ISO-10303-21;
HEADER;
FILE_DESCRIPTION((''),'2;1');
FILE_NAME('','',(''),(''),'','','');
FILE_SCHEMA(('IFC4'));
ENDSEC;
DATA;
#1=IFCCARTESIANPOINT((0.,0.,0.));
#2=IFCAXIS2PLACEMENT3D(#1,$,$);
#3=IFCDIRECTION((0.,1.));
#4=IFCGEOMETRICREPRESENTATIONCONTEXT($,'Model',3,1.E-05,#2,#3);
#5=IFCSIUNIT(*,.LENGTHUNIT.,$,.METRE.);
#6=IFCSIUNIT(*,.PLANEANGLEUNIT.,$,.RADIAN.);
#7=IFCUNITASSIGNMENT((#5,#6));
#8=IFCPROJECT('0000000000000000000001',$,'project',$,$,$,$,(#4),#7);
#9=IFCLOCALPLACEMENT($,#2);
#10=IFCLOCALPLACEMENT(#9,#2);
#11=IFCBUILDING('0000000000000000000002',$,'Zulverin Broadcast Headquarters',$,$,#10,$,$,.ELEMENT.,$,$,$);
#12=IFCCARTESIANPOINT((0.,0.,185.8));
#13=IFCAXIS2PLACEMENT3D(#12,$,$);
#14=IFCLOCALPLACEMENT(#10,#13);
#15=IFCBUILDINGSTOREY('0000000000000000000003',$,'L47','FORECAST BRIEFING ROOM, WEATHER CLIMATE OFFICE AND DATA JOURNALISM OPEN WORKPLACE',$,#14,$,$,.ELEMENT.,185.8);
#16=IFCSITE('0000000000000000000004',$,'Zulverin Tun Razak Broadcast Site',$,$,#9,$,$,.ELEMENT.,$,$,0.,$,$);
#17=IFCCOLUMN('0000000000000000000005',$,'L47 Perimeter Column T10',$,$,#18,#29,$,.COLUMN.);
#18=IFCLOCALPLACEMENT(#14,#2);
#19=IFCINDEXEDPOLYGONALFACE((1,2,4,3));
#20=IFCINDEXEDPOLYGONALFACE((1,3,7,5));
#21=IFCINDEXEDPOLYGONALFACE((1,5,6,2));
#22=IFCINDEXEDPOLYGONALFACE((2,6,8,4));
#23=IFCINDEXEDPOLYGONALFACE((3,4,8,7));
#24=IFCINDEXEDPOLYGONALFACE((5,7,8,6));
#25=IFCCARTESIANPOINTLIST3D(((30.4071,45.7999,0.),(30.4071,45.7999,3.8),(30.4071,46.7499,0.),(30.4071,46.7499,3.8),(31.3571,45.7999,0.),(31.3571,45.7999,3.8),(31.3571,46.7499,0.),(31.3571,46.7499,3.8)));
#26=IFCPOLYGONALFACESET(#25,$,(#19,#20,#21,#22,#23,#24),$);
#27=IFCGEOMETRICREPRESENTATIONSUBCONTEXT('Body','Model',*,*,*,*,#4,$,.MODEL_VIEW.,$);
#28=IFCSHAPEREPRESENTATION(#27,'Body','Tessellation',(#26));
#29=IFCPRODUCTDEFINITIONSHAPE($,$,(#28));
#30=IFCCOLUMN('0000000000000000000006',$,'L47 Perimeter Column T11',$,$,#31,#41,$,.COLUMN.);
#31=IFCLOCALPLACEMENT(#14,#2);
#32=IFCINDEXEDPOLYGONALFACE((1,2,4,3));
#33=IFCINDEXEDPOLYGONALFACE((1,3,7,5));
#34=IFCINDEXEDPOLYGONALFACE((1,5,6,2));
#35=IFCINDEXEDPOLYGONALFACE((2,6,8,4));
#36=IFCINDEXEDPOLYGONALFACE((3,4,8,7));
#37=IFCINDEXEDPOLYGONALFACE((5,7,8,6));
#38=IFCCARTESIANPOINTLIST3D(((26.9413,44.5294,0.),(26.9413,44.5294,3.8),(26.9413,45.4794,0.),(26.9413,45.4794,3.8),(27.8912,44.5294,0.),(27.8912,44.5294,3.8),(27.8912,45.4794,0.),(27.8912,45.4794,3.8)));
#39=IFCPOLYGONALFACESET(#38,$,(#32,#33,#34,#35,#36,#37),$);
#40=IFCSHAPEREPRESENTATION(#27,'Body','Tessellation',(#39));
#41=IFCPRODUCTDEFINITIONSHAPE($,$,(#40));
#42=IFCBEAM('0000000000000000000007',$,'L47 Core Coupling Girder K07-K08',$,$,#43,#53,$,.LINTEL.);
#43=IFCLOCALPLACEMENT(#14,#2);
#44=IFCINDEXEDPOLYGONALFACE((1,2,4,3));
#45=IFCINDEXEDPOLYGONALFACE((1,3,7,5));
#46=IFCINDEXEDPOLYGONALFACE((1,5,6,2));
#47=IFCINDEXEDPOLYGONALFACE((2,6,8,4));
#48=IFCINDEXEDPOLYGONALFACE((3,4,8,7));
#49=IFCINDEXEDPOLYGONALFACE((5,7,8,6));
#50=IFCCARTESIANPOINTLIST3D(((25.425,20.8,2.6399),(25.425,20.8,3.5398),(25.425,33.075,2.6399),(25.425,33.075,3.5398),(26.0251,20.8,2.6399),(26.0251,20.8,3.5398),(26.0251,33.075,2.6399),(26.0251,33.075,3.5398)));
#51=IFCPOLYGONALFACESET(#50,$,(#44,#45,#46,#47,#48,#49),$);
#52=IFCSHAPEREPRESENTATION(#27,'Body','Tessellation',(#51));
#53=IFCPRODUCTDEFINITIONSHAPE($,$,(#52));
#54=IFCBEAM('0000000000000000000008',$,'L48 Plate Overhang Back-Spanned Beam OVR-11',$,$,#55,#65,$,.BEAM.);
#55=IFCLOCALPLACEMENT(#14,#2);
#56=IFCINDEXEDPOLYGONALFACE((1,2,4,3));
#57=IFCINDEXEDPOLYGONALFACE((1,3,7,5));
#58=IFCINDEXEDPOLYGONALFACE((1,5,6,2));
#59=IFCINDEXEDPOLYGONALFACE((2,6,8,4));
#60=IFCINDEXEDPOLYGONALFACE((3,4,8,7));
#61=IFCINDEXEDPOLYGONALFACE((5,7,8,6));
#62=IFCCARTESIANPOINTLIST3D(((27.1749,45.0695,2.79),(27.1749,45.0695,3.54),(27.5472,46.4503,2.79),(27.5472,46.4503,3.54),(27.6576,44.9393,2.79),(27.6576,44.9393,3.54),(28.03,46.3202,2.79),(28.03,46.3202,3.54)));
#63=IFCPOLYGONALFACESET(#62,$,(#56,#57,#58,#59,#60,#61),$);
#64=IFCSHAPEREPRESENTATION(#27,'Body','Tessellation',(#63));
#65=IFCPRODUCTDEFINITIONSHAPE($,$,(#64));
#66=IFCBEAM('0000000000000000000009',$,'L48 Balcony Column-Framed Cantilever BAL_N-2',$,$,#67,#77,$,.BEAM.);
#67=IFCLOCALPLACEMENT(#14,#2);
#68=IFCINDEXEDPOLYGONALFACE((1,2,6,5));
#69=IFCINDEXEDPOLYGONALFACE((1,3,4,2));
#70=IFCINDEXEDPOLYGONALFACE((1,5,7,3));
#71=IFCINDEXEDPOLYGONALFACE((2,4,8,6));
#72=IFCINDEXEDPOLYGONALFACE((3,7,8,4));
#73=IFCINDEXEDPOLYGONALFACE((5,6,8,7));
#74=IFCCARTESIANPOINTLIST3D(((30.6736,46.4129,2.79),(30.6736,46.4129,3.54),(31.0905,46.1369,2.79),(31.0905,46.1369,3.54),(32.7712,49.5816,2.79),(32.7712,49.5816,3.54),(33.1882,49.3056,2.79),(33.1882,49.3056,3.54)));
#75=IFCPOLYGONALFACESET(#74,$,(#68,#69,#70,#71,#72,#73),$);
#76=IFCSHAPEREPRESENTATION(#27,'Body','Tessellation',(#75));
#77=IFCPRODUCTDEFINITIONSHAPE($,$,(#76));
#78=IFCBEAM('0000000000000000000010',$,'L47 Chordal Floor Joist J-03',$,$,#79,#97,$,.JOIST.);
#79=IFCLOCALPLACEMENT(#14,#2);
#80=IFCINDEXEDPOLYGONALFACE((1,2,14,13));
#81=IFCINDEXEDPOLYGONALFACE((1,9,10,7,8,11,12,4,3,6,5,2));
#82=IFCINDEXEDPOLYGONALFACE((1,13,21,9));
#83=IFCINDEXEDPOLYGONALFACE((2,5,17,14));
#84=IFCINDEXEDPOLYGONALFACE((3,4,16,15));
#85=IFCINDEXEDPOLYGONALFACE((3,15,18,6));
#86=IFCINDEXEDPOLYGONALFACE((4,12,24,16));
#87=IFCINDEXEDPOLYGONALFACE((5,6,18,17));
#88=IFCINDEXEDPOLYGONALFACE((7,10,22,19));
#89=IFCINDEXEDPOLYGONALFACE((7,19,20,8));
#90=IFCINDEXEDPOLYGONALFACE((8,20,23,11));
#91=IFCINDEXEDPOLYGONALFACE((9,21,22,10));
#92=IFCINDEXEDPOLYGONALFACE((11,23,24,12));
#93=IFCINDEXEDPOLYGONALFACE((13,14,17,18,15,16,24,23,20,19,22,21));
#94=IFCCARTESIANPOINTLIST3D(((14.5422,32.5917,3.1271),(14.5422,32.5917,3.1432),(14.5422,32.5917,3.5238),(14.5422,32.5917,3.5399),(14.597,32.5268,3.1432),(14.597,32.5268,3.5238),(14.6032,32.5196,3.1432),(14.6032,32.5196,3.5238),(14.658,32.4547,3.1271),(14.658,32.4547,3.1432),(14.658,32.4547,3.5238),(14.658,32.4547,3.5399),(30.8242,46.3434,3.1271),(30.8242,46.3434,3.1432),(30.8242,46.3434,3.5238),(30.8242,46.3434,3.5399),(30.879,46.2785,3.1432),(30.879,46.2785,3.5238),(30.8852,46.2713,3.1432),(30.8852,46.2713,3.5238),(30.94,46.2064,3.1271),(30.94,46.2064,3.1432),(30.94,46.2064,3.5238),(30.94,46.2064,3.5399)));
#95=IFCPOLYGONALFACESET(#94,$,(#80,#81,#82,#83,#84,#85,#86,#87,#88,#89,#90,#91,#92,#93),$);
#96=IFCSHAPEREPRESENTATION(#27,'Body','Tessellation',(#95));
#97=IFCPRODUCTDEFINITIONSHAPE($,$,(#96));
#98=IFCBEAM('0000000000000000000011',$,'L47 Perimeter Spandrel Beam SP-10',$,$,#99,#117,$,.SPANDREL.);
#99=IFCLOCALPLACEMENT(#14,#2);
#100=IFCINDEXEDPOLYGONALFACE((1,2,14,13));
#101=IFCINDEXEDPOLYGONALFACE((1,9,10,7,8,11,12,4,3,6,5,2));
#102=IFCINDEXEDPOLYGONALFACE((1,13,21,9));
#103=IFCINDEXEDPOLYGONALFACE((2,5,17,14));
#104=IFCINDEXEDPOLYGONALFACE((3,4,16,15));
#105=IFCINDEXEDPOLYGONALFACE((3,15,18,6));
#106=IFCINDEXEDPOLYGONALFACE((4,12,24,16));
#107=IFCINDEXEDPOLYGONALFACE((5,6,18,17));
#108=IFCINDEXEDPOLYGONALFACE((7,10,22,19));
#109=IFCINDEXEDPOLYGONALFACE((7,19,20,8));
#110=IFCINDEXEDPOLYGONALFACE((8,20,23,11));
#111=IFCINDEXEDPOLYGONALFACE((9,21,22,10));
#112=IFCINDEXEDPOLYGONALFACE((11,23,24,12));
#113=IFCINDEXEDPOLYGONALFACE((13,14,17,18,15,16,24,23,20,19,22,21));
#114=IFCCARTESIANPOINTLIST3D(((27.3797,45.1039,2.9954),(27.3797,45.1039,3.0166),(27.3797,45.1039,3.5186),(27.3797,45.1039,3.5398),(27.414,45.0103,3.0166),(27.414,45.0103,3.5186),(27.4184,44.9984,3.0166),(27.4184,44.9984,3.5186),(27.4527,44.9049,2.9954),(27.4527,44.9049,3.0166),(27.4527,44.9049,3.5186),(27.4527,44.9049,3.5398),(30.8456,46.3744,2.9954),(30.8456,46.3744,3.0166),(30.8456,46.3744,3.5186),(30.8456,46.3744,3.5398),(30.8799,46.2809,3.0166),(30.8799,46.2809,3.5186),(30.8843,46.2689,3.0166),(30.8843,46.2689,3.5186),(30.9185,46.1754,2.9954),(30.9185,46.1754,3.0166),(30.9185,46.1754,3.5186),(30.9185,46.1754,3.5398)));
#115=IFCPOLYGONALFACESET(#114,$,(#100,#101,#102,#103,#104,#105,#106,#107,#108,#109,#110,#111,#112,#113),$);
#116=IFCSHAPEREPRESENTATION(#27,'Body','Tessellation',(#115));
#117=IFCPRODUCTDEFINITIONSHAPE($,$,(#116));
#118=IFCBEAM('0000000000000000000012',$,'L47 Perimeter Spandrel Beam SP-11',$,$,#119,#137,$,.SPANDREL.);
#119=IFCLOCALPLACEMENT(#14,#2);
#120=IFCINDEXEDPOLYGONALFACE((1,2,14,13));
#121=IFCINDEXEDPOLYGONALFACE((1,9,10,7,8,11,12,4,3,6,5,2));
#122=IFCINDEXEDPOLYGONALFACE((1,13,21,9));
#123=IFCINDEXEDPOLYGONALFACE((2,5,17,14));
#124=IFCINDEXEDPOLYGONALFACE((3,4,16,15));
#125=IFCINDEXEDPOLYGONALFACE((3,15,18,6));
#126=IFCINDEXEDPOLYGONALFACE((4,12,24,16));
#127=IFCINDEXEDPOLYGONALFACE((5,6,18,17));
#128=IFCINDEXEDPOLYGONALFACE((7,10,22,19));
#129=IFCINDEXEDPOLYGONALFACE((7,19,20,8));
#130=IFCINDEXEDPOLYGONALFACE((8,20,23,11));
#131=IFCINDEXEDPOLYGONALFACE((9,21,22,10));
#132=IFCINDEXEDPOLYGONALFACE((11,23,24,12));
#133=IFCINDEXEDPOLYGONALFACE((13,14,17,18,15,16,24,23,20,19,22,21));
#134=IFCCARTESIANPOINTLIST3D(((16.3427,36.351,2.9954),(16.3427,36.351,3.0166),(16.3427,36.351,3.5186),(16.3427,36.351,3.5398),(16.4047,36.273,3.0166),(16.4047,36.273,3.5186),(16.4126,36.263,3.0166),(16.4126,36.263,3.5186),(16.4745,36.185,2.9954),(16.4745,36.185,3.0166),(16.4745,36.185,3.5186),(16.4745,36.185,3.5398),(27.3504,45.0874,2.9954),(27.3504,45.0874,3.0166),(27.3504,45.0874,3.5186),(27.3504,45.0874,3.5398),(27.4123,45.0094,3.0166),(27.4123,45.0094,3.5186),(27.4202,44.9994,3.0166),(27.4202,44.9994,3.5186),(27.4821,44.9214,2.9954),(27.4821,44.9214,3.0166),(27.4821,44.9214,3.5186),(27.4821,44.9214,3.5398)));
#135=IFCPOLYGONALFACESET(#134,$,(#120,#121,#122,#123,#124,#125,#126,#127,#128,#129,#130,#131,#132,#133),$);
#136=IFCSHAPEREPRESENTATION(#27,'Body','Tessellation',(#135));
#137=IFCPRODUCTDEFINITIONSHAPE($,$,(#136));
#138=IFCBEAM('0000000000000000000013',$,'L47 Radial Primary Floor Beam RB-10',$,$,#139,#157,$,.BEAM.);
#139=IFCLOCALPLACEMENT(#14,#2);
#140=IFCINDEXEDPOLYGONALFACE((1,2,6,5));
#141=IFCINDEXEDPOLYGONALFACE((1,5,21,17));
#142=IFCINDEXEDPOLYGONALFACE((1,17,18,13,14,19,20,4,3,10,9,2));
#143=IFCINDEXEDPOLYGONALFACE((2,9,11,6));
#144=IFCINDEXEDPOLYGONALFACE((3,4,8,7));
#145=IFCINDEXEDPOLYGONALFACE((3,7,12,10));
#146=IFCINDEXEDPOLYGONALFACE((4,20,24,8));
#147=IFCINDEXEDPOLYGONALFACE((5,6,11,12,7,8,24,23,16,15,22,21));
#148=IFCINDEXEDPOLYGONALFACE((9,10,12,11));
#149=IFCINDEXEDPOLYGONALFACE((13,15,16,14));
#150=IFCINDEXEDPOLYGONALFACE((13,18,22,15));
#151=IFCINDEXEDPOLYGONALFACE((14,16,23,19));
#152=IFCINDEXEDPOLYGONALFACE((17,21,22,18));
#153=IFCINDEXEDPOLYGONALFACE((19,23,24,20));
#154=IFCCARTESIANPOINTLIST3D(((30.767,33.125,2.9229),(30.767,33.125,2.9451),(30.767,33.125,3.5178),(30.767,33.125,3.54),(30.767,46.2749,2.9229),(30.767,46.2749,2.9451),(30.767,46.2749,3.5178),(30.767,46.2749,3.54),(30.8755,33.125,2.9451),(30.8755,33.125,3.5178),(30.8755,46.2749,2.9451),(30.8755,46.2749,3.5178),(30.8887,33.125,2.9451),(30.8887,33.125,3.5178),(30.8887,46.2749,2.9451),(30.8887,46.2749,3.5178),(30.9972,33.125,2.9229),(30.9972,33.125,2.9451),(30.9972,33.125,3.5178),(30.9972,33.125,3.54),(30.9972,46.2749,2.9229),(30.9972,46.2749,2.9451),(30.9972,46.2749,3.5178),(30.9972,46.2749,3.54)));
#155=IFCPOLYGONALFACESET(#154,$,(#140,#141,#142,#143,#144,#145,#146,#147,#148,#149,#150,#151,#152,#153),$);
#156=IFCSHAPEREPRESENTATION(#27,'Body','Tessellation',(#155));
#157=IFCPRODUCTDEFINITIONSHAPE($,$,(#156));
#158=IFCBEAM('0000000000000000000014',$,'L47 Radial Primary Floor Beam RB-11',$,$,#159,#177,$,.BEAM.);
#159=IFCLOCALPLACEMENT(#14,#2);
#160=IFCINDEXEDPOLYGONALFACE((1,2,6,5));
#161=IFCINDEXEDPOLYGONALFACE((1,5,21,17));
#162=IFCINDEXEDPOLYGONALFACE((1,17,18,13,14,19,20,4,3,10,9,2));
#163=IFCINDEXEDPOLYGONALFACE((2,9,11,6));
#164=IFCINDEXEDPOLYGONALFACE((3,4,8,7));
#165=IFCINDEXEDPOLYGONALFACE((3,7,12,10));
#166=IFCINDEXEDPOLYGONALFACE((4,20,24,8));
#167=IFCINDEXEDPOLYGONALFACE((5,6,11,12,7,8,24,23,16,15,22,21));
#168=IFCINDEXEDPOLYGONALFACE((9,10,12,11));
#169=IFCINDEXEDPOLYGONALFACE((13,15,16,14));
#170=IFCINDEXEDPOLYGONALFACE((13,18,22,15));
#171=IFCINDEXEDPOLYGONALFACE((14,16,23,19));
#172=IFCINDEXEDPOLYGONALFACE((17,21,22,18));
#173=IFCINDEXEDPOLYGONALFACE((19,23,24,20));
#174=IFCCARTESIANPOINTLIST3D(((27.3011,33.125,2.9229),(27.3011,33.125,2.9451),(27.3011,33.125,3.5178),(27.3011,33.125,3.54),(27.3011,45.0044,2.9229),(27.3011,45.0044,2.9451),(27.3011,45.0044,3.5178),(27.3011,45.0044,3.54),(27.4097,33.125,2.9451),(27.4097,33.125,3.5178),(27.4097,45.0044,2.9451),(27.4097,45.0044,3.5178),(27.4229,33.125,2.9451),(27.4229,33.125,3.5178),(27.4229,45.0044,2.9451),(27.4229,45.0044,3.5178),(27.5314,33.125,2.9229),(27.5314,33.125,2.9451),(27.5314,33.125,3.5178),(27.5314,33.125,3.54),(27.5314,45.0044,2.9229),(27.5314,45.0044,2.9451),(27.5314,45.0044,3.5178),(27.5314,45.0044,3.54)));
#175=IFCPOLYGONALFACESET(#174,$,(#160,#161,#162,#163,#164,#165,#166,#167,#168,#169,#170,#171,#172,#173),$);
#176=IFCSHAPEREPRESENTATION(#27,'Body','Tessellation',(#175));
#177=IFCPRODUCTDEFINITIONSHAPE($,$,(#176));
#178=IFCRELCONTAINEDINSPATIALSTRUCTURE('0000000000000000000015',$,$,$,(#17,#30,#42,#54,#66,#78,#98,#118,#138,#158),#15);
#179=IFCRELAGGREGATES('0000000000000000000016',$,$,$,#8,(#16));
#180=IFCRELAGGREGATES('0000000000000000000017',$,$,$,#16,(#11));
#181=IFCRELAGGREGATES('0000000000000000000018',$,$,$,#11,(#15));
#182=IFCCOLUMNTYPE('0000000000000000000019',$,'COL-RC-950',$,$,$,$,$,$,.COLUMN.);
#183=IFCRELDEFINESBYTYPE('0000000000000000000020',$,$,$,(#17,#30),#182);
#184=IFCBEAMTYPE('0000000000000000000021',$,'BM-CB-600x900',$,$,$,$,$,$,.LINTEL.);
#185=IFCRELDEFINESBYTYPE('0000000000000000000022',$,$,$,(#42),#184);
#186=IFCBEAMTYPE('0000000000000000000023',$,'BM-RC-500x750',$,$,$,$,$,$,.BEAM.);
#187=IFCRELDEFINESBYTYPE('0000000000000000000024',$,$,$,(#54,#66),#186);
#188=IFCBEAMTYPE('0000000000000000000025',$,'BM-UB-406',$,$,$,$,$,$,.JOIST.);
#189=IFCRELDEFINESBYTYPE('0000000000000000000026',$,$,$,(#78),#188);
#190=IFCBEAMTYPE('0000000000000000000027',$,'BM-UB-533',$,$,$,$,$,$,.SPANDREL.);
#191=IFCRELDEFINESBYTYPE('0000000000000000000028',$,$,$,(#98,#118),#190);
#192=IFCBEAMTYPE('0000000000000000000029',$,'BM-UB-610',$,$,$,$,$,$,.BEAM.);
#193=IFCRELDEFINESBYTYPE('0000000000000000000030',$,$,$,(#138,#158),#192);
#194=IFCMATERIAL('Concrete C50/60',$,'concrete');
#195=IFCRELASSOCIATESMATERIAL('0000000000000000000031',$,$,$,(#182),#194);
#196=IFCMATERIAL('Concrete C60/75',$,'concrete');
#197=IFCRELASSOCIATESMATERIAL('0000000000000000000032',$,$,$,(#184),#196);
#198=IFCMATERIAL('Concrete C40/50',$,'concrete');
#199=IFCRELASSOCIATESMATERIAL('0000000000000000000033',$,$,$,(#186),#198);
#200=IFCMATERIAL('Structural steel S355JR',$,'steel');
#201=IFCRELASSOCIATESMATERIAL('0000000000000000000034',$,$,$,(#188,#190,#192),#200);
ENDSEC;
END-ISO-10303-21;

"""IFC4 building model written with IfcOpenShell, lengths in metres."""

from ifc_helpers import new_model, si_unit, direction, frame, origin, origin_2d, place, context, subcontext, project, spatial, rectangle, i_section, extrude, material, material_profile, profile_set, type_object, element, save


model = new_model("IFC4")

# Units and contexts
model_context = context("Model", 3, precision=1e-05, world=origin(), true_north=direction((0.0, 1.0)))
body_context = subcontext(model_context, "Body", "Model", "MODEL_VIEW")
ifc_project = project(units=[si_unit("LENGTHUNIT", "METRE"), si_unit("PLANEANGLEUNIT", "RADIAN")], contexts=[model_context])

# Site, building, storey
site_placement = place(None, origin())
site = spatial("IfcSite", under=ifc_project, at=site_placement, Name="Zulverin Tun Razak Broadcast Site", CompositionType="ELEMENT", RefElevation=0.0)
building_placement = place(site_placement, origin())
building = spatial("IfcBuilding", under=site, at=building_placement, Name="Zulverin Broadcast Headquarters", CompositionType="ELEMENT")
storey_placement = place(building_placement, frame((0.0, 0.0, 185.8)))
storey = spatial("IfcBuildingStorey", under=building, at=storey_placement, Name="L47", Description="FORECAST BRIEFING ROOM, WEATHER CLIMATE OFFICE AND DATA JOURNALISM OPEN WORKPLACE", CompositionType="ELEMENT", Elevation=185.8)

# Columns
ifc_material_1 = material(Name="Concrete C50/60", Category="concrete")
ifc_material_profile_1 = material_profile(ifc_material_1, rectangle(XDim=0.95, YDim=0.95, at=origin_2d()), Name="Concrete C50/60", Category="concrete")
ifc_profile_set_1 = profile_set([ifc_material_profile_1], Name="Concrete C50/60")
column_type = type_object("IfcColumnType", Name="COL-RC-950", PredefinedType="COLUMN", material=ifc_profile_set_1)
for number, where, z_axis, x_axis, name in (
    (1, (30.8821, 46.2749, 0.0), (0.0, 0.0, 1.0), (1.0, 0.0, 0.0), "L47 Perimeter Column T10"),
    (2, (27.4163, 45.0044, 0.0), (0.0, 0.0, 1.0), (1.0, 0.0, 0.0), "L47 Perimeter Column T11"),
):
    element("IfcColumn", number, at=place(storey_placement, frame(where, z_axis=z_axis, x_axis=x_axis)), inside=storey, type_object=column_type, Name=name, PredefinedType="COLUMN", context=body_context, shape_type="SweptSolid", body=[
        extrude(rectangle(XDim=0.95, YDim=0.95, at=origin_2d()), origin(), (0.0, 0.0, 1.0), 3.8),
    ])

# Beams
ifc_material_2 = material(Name="Concrete C60/75", Category="concrete")
ifc_material_profile_2 = material_profile(ifc_material_2, rectangle(XDim=0.6001, YDim=0.8999, at=origin_2d()), Name="Concrete C60/75", Category="concrete")
ifc_profile_set_2 = profile_set([ifc_material_profile_2], Name="Concrete C60/75")
beam_type_1 = type_object("IfcBeamType", Name="BM-CB-600x900", PredefinedType="LINTEL", material=ifc_profile_set_2)
beam_1_placement = place(storey_placement, frame((25.7251, 33.075, 3.0898), z_axis=(0.0, -1.0, 0.0), x_axis=(1.0, 0.0, 0.0)))
element("IfcBeam", 3, at=beam_1_placement, inside=storey, type_object=beam_type_1, Name="L47 Core Coupling Girder K07-K08", PredefinedType="LINTEL", context=body_context, shape_type="SweptSolid", body=[
    extrude(rectangle(XDim=0.6001, YDim=0.8999, at=origin_2d()), origin(), (0.0, 0.0, 1.0), 12.2749),
])
ifc_material_3 = material(Name="Concrete C40/50", Category="concrete")
ifc_material_profile_3 = material_profile(ifc_material_3, rectangle(XDim=0.5, YDim=0.75, at=origin_2d()), Name="Concrete C40/50", Category="concrete")
ifc_profile_set_3 = profile_set([ifc_material_profile_3], Name="Concrete C40/50")
beam_type_2 = type_object("IfcBeamType", Name="BM-RC-500x750", PredefinedType="BEAM", material=ifc_profile_set_3)
beam_2_placement = place(storey_placement, frame((27.4163, 45.0044, 3.165), z_axis=(0.260329, 0.96552, 0.0), x_axis=(-0.96552, 0.260329, 0.0)))
element("IfcBeam", 4, at=beam_2_placement, inside=storey, type_object=beam_type_2, Name="L48 Plate Overhang Back-Spanned Beam OVR-11", PredefinedType="BEAM", context=body_context, shape_type="SweptSolid", body=[
    extrude(rectangle(XDim=0.5, YDim=0.75, at=origin_2d()), origin(), (0.0, 0.0, 1.0), 1.4302),
])
beam_3_placement = place(storey_placement, frame((30.8821, 46.2749, 3.165), z_axis=(0.551999, 0.833845, 0.0), x_axis=(-0.833845, 0.551999, 0.0)))
element("IfcBeam", 5, at=beam_3_placement, inside=storey, type_object=beam_type_2, Name="L48 Balcony Column-Framed Cantilever BAL_N-2", PredefinedType="BEAM", context=body_context, shape_type="SweptSolid", body=[
    extrude(rectangle(XDim=0.5, YDim=0.75, at=origin_2d()), origin(), (0.0, 0.0, 1.0), 3.8),
])
ifc_material_4 = material(Name="Structural steel S355JR", Category="steel")
ifc_material_profile_4 = material_profile(ifc_material_4, i_section(OverallWidth=0.1794, OverallDepth=0.4128, WebThickness=0.0095, FlangeThickness=0.0161, at=origin_2d()), Name="Structural steel S355JR", Category="steel")
ifc_profile_set_4 = profile_set([ifc_material_profile_4], Name="Structural steel S355JR")
beam_type_3 = type_object("IfcBeamType", Name="BM-UB-406", PredefinedType="JOIST", material=ifc_profile_set_4)
beam_4_placement = place(storey_placement, frame((30.8821, 46.2749, 3.3335), z_axis=(-0.763973, -0.645249, 0.0), x_axis=(0.645249, -0.763973, 0.0)))
element("IfcBeam", 6, at=beam_4_placement, inside=storey, type_object=beam_type_3, Name="L47 Chordal Floor Joist J-03", PredefinedType="JOIST", context=body_context, shape_type="SweptSolid", body=[
    extrude(i_section(OverallWidth=0.1794, OverallDepth=0.4128, WebThickness=0.0095, FlangeThickness=0.0161, at=origin_2d()), origin(), (0.0, 0.0, 1.0), 21.3123),
])
ifc_material_profile_5 = material_profile(ifc_material_4, i_section(OverallWidth=0.2119, OverallDepth=0.5444, WebThickness=0.0127, FlangeThickness=0.0212, at=origin_2d()), Name="Structural steel S355JR", Category="steel")
ifc_profile_set_5 = profile_set([ifc_material_profile_5], Name="Structural steel S355JR")
beam_type_4 = type_object("IfcBeamType", Name="BM-UB-533", PredefinedType="SPANDREL", material=ifc_profile_set_5)
beam_5_placement = place(storey_placement, frame((30.8821, 46.2749, 3.2676), z_axis=(-0.938902, -0.344185, 0.0), x_axis=(0.344185, -0.938902, 0.0)))
element("IfcBeam", 7, at=beam_5_placement, inside=storey, type_object=beam_type_4, Name="L47 Perimeter Spandrel Beam SP-10", PredefinedType="SPANDREL", context=body_context, shape_type="SweptSolid", body=[
    extrude(i_section(OverallWidth=0.2119, OverallDepth=0.5444, WebThickness=0.0127, FlangeThickness=0.0212, at=origin_2d()), origin(), (0.0, 0.0, 1.0), 3.6914),
])
beam_6_placement = place(storey_placement, frame((27.4163, 45.0044, 3.2676), z_axis=(-0.783283, -0.621665, 0.0), x_axis=(0.621665, -0.783283, 0.0)))
element("IfcBeam", 8, at=beam_6_placement, inside=storey, type_object=beam_type_4, Name="L47 Perimeter Spandrel Beam SP-11", PredefinedType="SPANDREL", context=body_context, shape_type="SweptSolid", body=[
    extrude(i_section(OverallWidth=0.2119, OverallDepth=0.5444, WebThickness=0.0127, FlangeThickness=0.0212, at=origin_2d()), origin(), (0.0, 0.0, 1.0), 14.0532),
])
ifc_material_profile_6 = material_profile(ifc_material_4, i_section(OverallWidth=0.2302, OverallDepth=0.6172, WebThickness=0.0132, FlangeThickness=0.0222, at=origin_2d()), Name="Structural steel S355JR", Category="steel")
ifc_profile_set_6 = profile_set([ifc_material_profile_6], Name="Structural steel S355JR")
beam_type_5 = type_object("IfcBeamType", Name="BM-UB-610", PredefinedType="BEAM", material=ifc_profile_set_6)
beam_7_placement = place(storey_placement, frame((30.8821, 33.125, 3.2314), z_axis=(0.0, 1.0, 0.0), x_axis=(-1.0, 0.0, 0.0)))
element("IfcBeam", 9, at=beam_7_placement, inside=storey, type_object=beam_type_5, Name="L47 Radial Primary Floor Beam RB-10", PredefinedType="BEAM", context=body_context, shape_type="SweptSolid", body=[
    extrude(i_section(OverallWidth=0.2302, OverallDepth=0.6172, WebThickness=0.0132, FlangeThickness=0.0222, at=origin_2d()), origin(), (0.0, 0.0, 1.0), 13.1499),
])
beam_8_placement = place(storey_placement, frame((27.4163, 33.125, 3.2314), z_axis=(0.0, 1.0, 0.0), x_axis=(-1.0, 0.0, 0.0)))
element("IfcBeam", 10, at=beam_8_placement, inside=storey, type_object=beam_type_5, Name="L47 Radial Primary Floor Beam RB-11", PredefinedType="BEAM", context=body_context, shape_type="SweptSolid", body=[
    extrude(i_section(OverallWidth=0.2302, OverallDepth=0.6172, WebThickness=0.0132, FlangeThickness=0.0222, at=origin_2d()), origin(), (0.0, 0.0, 1.0), 11.8794),
])

save(model, "model.ifc")
